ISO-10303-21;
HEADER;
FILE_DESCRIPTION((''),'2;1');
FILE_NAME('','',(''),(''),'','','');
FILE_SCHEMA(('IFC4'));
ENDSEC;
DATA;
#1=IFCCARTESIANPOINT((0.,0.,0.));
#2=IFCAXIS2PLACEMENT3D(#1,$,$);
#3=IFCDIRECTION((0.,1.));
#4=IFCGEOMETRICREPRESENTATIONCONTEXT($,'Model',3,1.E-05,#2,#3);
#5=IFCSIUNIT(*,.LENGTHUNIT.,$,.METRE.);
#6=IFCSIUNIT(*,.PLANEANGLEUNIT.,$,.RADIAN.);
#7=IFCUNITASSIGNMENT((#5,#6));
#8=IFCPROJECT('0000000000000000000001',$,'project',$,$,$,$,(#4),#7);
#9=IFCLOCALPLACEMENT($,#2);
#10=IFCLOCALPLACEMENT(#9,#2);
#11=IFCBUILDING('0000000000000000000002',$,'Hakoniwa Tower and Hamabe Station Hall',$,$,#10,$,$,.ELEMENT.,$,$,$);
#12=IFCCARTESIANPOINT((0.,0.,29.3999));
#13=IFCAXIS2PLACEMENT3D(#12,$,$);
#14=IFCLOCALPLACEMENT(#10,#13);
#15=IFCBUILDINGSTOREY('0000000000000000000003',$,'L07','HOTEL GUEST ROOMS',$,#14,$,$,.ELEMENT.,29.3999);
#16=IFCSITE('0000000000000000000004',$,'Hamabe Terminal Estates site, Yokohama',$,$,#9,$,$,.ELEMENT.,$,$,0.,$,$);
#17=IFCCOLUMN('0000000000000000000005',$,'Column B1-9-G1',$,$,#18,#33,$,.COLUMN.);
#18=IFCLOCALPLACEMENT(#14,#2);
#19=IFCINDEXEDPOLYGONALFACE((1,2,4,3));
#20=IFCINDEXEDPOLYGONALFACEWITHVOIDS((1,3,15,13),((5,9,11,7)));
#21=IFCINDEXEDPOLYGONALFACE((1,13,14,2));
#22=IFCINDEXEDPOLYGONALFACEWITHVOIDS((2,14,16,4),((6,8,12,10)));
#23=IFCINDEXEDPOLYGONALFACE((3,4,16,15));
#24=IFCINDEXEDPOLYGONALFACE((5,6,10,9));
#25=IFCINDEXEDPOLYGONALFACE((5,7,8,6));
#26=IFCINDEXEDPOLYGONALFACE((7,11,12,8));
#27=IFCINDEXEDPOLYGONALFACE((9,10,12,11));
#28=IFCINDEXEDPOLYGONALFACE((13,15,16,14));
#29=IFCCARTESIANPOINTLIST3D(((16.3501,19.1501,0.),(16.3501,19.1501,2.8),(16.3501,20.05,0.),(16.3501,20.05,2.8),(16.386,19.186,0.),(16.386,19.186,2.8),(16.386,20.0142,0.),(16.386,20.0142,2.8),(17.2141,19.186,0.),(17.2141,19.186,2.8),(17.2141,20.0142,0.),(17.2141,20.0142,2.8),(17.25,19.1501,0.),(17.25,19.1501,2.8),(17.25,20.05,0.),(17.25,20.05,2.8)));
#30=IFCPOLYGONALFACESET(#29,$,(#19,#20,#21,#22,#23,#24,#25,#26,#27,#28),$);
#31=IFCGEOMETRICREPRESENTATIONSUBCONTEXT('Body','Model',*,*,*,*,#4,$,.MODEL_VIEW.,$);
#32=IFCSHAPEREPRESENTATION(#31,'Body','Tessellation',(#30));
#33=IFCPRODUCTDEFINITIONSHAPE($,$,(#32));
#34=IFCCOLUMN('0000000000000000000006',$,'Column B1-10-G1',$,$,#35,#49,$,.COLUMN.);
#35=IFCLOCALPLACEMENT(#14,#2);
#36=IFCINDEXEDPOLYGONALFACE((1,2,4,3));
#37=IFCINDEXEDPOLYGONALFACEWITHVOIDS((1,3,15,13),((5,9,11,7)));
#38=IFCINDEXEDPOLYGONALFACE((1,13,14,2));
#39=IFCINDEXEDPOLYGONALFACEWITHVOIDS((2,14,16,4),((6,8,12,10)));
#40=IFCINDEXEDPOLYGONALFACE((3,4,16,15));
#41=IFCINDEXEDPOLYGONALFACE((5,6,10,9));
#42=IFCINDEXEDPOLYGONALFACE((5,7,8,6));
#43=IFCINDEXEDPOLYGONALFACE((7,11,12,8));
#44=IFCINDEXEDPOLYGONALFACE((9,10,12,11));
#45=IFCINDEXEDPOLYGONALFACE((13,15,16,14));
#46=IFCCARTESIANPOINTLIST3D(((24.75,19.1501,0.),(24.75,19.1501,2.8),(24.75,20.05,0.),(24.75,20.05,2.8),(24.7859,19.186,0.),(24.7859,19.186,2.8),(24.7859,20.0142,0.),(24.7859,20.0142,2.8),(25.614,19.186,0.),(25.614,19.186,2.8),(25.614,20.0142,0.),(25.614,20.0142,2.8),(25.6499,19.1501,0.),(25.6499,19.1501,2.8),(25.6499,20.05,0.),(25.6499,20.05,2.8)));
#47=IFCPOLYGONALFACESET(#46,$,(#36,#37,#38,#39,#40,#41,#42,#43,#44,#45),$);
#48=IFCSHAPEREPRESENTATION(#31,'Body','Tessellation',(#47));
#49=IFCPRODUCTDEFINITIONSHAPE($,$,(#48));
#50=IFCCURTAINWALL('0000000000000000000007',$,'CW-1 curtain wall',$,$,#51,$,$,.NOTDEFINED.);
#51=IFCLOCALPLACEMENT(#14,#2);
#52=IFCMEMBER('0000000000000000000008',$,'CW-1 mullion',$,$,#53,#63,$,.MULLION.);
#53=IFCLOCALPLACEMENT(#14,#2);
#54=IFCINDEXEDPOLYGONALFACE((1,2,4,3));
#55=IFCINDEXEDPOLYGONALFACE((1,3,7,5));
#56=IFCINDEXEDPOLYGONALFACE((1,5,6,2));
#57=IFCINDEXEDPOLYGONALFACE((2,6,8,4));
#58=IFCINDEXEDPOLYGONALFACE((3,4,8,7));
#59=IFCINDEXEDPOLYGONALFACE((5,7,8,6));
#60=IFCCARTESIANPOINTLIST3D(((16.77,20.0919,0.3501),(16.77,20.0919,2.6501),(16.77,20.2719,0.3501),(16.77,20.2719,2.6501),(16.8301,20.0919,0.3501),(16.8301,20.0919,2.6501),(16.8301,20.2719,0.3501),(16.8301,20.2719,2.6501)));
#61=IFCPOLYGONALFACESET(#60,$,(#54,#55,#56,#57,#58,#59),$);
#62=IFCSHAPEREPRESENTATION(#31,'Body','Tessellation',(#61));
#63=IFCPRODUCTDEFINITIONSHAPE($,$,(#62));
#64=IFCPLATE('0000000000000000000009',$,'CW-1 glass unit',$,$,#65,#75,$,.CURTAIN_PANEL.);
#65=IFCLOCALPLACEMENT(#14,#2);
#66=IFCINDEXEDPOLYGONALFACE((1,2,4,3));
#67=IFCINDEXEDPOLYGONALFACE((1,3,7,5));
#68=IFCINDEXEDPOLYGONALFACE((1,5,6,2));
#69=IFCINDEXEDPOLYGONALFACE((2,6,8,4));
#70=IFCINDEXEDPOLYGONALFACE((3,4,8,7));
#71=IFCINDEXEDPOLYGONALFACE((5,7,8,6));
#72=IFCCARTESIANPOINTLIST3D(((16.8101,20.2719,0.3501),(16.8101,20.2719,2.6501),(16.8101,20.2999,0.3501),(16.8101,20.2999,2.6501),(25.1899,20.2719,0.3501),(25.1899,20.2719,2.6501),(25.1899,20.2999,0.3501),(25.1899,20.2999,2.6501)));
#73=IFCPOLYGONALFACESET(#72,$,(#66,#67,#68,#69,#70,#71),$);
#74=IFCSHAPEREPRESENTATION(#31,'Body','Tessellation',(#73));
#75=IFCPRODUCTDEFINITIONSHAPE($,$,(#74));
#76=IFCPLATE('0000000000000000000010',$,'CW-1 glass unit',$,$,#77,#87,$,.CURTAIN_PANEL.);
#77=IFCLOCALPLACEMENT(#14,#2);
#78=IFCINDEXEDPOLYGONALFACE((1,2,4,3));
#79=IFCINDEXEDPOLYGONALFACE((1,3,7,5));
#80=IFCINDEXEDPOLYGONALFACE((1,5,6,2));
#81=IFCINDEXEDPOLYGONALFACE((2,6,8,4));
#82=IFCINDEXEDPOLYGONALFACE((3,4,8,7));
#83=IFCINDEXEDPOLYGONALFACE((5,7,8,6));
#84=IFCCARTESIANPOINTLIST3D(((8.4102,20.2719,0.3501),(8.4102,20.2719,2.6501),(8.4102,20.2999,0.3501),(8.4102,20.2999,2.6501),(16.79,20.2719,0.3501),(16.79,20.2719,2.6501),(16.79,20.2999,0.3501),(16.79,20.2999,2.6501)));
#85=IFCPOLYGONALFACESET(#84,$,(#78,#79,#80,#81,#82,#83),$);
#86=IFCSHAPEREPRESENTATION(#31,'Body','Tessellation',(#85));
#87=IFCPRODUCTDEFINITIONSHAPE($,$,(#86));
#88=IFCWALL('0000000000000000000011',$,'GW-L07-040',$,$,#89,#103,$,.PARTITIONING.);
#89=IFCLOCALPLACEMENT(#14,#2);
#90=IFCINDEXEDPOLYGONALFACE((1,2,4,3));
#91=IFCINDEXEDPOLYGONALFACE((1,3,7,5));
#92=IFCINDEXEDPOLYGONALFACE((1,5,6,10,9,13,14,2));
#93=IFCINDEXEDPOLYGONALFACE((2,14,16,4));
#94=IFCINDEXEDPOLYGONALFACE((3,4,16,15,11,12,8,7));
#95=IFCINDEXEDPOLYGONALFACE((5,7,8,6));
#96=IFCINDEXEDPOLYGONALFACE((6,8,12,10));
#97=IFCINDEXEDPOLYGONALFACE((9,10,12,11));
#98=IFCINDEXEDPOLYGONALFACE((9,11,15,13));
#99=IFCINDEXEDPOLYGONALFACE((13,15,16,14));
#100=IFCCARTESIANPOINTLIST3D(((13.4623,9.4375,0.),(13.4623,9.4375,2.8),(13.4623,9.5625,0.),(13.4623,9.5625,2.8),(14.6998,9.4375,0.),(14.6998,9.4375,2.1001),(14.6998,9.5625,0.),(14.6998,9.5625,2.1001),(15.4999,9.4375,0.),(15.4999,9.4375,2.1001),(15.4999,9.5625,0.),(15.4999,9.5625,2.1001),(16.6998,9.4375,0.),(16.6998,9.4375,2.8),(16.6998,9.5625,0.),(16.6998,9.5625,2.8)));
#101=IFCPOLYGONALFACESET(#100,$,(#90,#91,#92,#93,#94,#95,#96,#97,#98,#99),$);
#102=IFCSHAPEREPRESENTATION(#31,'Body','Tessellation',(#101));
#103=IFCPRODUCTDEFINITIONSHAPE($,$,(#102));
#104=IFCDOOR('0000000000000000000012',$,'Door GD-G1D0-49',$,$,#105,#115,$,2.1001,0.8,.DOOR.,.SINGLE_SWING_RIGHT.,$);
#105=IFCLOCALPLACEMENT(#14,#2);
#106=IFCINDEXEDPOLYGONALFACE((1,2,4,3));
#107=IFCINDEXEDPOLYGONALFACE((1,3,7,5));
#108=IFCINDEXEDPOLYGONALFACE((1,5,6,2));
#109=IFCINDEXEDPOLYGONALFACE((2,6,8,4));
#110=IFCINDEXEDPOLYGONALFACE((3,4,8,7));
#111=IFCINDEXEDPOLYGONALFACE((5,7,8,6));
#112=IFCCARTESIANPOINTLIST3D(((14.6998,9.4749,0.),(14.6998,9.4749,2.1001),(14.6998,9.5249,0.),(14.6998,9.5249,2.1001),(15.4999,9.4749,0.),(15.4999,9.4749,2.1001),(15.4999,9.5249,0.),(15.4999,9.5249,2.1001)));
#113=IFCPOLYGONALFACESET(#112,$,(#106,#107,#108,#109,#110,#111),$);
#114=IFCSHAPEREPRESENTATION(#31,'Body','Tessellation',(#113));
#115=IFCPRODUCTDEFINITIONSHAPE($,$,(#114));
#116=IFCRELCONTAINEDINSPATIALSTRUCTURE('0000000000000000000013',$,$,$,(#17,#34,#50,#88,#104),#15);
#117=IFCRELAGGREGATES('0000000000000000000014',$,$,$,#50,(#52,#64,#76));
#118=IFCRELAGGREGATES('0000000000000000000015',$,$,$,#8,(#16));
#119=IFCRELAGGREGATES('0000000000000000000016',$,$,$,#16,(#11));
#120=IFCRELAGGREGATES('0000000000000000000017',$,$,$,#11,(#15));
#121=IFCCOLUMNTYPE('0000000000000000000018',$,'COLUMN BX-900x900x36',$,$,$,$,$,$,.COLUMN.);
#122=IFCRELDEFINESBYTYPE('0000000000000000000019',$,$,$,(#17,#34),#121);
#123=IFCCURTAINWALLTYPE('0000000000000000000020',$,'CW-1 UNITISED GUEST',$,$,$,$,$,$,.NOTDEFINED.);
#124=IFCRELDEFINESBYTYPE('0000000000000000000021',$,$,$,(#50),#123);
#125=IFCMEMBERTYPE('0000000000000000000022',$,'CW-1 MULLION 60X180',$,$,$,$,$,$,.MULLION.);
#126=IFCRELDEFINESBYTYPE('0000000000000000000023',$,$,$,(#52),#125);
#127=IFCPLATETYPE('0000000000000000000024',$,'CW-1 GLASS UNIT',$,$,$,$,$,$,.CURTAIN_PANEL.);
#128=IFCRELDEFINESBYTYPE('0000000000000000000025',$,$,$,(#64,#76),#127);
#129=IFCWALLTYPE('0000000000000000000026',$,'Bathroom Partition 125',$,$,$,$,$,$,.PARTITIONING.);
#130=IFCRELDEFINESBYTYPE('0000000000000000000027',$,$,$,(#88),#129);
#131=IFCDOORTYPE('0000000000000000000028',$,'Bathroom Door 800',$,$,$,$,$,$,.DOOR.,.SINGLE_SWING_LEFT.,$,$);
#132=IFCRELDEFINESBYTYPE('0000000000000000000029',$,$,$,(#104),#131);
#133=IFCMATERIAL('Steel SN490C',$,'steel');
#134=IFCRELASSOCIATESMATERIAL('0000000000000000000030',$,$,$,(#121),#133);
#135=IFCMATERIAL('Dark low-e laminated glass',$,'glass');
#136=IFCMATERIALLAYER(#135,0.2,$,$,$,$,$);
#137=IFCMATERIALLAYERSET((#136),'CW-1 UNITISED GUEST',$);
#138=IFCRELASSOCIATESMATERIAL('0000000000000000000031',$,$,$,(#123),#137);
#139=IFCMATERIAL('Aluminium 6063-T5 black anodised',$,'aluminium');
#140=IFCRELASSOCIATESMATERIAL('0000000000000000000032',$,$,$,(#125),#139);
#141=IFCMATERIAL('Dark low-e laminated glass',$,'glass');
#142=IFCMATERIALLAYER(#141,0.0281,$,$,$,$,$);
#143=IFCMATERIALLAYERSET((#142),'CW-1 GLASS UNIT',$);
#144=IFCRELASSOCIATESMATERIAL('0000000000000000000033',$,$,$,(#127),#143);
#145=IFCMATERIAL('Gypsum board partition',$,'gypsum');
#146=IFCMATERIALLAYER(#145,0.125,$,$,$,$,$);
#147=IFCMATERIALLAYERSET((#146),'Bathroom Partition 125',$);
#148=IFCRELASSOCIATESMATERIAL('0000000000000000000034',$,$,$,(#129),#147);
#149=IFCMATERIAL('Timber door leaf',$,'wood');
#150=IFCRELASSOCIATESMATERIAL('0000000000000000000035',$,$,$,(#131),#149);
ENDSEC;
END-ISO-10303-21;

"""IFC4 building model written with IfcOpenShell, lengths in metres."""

from ifc_helpers import new_model, si_unit, direction, frame, frame_2d, origin, origin_2d, place, context, subcontext, project, spatial, rectangle, hollow_rectangle, extrude, material, layer, layer_set, material_profile, profile_set, type_object, element, fill, aggregate, save


model = new_model("IFC4")

# Units and contexts
model_context = context("Model", 3, precision=1e-05, world=origin(), true_north=direction((0.0, 1.0)))
body_context = subcontext(model_context, "Body", "Model", "MODEL_VIEW")
ifc_project = project(units=[si_unit("LENGTHUNIT", "METRE"), si_unit("PLANEANGLEUNIT", "RADIAN")], contexts=[model_context])

# Site, building, storey
site_placement = place(None, origin())
site = spatial("IfcSite", under=ifc_project, at=site_placement, Name="Hamabe Terminal Estates site, Yokohama", CompositionType="ELEMENT", RefElevation=0.0)
building_placement = place(site_placement, origin())
building = spatial("IfcBuilding", under=site, at=building_placement, Name="Hakoniwa Tower and Hamabe Station Hall", CompositionType="ELEMENT")
storey_placement = place(building_placement, frame((0.0, 0.0, 29.3999)))
storey = spatial("IfcBuildingStorey", under=building, at=storey_placement, Name="L07", Description="HOTEL GUEST ROOMS", CompositionType="ELEMENT", Elevation=29.3999)

# Columns
ifc_material_1 = material(Name="Steel SN490C", Category="steel")
ifc_material_profile_1 = material_profile(ifc_material_1, hollow_rectangle(XDim=0.8999, YDim=0.8999, WallThickness=0.0359, at=origin_2d()), Name="BX-900x900x36")
ifc_profile_set_1 = profile_set([ifc_material_profile_1], Name="Steel SN490C")
column_type = type_object("IfcColumnType", Name="COLUMN BX-900x900x36", PredefinedType="COLUMN", material=ifc_profile_set_1)
for number, where, z_axis, x_axis, name in (
    (1, (16.8, 19.6001, 0.0), (0.0, 0.0, 1.0), (1.0, 0.0, 0.0), "Column B1-9-G1"),
    (2, (25.2, 19.6001, 0.0), (0.0, 0.0, 1.0), (1.0, 0.0, 0.0), "Column B1-10-G1"),
):
    element("IfcColumn", number, at=place(storey_placement, frame(where, z_axis=z_axis, x_axis=x_axis)), inside=storey, type_object=column_type, Name=name, PredefinedType="COLUMN", context=body_context, shape_type="SweptSolid", body=[
        extrude(hollow_rectangle(XDim=0.8999, YDim=0.8999, WallThickness=0.0359, at=origin_2d()), origin(), (0.0, 0.0, 1.0), 2.8),
    ])

# Curtain wall, member, plates
ifc_material_2 = material(Name="Dark low-e laminated glass", Category="glass")
ifc_layer_1 = layer(ifc_material_2, 0.2)
ifc_layer_set_1 = layer_set([ifc_layer_1], Name="CW-1 UNITISED GUEST")
curtain_wall_type = type_object("IfcCurtainWallType", Name="CW-1 UNITISED GUEST", PredefinedType="NOTDEFINED", material=ifc_layer_set_1)
curtain_wall_placement = place(storey_placement, origin())
curtain_wall = element("IfcCurtainWall", 3, at=curtain_wall_placement, inside=storey, type_object=curtain_wall_type, Name="CW-1 curtain wall", PredefinedType="NOTDEFINED")
ifc_material_3 = material(Name="Aluminium 6063-T5 black anodised", Category="aluminium")
ifc_material_profile_2 = material_profile(ifc_material_3, rectangle(XDim=0.0601, YDim=0.1799, at=origin_2d()), Name="CW-1 MULLION 60X180")
ifc_profile_set_2 = profile_set([ifc_material_profile_2], Name="Aluminium 6063-T5 black anodised")
member_type = type_object("IfcMemberType", Name="CW-1 MULLION 60X180", PredefinedType="MULLION", material=ifc_profile_set_2)
member_placement = place(storey_placement, frame((16.8, 20.1819, 0.3501), z_axis=(0.0, 0.0, 1.0), x_axis=(-1.0, 0.0, 0.0)))
member = element("IfcMember", 4, at=member_placement, type_object=member_type, Name="CW-1 mullion", PredefinedType="MULLION", context=body_context, shape_type="SweptSolid", body=[
    extrude(rectangle(XDim=0.0601, YDim=0.1799, at=origin_2d()), origin(), (0.0, 0.0, 1.0), 2.3),
])
ifc_material_4 = material(Name="Dark low-e laminated glass", Category="glass")
ifc_layer_2 = layer(ifc_material_4, 0.0281)
ifc_layer_set_2 = layer_set([ifc_layer_2], Name="CW-1 GLASS UNIT")
plate_type = type_object("IfcPlateType", Name="CW-1 GLASS UNIT", PredefinedType="CURTAIN_PANEL", material=ifc_layer_set_2)
plate_1_placement = place(storey_placement, frame((21.0, 20.2859, 0.3501), z_axis=(0.0, 0.0, 1.0), x_axis=(-1.0, 0.0, 0.0)))
plate_1 = element("IfcPlate", 5, at=plate_1_placement, type_object=plate_type, Name="CW-1 glass unit", PredefinedType="CURTAIN_PANEL", context=body_context, shape_type="SweptSolid", body=[
    extrude(rectangle(XDim=8.3799, YDim=0.0281, at=origin_2d()), origin(), (0.0, 0.0, 1.0), 2.3),
])
plate_2_placement = place(storey_placement, frame((12.6001, 20.2859, 0.3501), z_axis=(0.0, 0.0, 1.0), x_axis=(-1.0, 0.0, 0.0)))
plate_2 = element("IfcPlate", 6, at=plate_2_placement, type_object=plate_type, Name="CW-1 glass unit", PredefinedType="CURTAIN_PANEL", context=body_context, shape_type="SweptSolid", body=[
    extrude(rectangle(XDim=8.3799, YDim=0.0281, at=origin_2d()), origin(), (0.0, 0.0, 1.0), 2.3),
])
aggregate(curtain_wall, [member, plate_1, plate_2])

# Wall, opening, door
ifc_material_5 = material(Name="Gypsum board partition", Category="gypsum")
ifc_layer_3 = layer(ifc_material_5, 0.125)
ifc_layer_set_3 = layer_set([ifc_layer_3], Name="Bathroom Partition 125")
wall_type_1 = type_object("IfcWallType", Name="Bathroom Partition 125", PredefinedType="PARTITIONING", material=ifc_layer_set_3)
wall_1_placement = place(storey_placement, frame((13.4624, 9.5, 0.0), z_axis=(0.0, 0.0, 1.0), x_axis=(1.0, 0.0, 0.0)))
wall_1 = element("IfcWall", 7, at=wall_1_placement, inside=storey, type_object=wall_type_1, Name="GW-L07-040", PredefinedType="PARTITIONING", context=body_context, shape_type="SweptSolid", body=[
    extrude(rectangle(XDim=3.2375, YDim=0.125, at=frame_2d((1.6187, 0.0))), origin(), (0.0, 0.0, 1.0), 2.8),
])
opening_1_placement = place(wall_1_placement, frame((1.2375, 0.0, 0.0)))
opening_1 = element("IfcOpeningElement", 8, at=opening_1_placement, cuts=wall_1, PredefinedType="OPENING", context=body_context, shape_type="SweptSolid", body=[
    extrude(rectangle(XDim=0.8, YDim=2.1001, at=frame_2d((0.3999, 1.05))), frame((0.0, 0.0725, 0.0), z_axis=(0.0, -1.0, 0.0), x_axis=(1.0, 0.0, 0.0)), (0.0, 0.0, 1.0), 0.145),
])
ifc_material_6 = material(Name="Timber door leaf", Category="wood")
door_type_1 = type_object("IfcDoorType", Name="Bathroom Door 800", OperationType="SINGLE_SWING_LEFT", PredefinedType="DOOR", material=ifc_material_6)
door_1_placement = place(opening_1_placement, origin())
door_1 = element("IfcDoor", 9, at=door_1_placement, inside=storey, type_object=door_type_1, Name="Door GD-G1D0-49", OperationType="SINGLE_SWING_RIGHT", OverallHeight=2.1001, OverallWidth=0.8, PredefinedType="DOOR", context=body_context, shape_type="SweptSolid", body=[
    extrude(rectangle(XDim=0.8, YDim=2.1001, at=frame_2d((0.3999, 1.05))), frame((0.0, 0.0249, 0.0), z_axis=(0.0, -1.0, 0.0), x_axis=(1.0, 0.0, 0.0)), (0.0, 0.0, 1.0), 0.05),
])
fill(opening_1, door_1)

save(model, "model.ifc")
